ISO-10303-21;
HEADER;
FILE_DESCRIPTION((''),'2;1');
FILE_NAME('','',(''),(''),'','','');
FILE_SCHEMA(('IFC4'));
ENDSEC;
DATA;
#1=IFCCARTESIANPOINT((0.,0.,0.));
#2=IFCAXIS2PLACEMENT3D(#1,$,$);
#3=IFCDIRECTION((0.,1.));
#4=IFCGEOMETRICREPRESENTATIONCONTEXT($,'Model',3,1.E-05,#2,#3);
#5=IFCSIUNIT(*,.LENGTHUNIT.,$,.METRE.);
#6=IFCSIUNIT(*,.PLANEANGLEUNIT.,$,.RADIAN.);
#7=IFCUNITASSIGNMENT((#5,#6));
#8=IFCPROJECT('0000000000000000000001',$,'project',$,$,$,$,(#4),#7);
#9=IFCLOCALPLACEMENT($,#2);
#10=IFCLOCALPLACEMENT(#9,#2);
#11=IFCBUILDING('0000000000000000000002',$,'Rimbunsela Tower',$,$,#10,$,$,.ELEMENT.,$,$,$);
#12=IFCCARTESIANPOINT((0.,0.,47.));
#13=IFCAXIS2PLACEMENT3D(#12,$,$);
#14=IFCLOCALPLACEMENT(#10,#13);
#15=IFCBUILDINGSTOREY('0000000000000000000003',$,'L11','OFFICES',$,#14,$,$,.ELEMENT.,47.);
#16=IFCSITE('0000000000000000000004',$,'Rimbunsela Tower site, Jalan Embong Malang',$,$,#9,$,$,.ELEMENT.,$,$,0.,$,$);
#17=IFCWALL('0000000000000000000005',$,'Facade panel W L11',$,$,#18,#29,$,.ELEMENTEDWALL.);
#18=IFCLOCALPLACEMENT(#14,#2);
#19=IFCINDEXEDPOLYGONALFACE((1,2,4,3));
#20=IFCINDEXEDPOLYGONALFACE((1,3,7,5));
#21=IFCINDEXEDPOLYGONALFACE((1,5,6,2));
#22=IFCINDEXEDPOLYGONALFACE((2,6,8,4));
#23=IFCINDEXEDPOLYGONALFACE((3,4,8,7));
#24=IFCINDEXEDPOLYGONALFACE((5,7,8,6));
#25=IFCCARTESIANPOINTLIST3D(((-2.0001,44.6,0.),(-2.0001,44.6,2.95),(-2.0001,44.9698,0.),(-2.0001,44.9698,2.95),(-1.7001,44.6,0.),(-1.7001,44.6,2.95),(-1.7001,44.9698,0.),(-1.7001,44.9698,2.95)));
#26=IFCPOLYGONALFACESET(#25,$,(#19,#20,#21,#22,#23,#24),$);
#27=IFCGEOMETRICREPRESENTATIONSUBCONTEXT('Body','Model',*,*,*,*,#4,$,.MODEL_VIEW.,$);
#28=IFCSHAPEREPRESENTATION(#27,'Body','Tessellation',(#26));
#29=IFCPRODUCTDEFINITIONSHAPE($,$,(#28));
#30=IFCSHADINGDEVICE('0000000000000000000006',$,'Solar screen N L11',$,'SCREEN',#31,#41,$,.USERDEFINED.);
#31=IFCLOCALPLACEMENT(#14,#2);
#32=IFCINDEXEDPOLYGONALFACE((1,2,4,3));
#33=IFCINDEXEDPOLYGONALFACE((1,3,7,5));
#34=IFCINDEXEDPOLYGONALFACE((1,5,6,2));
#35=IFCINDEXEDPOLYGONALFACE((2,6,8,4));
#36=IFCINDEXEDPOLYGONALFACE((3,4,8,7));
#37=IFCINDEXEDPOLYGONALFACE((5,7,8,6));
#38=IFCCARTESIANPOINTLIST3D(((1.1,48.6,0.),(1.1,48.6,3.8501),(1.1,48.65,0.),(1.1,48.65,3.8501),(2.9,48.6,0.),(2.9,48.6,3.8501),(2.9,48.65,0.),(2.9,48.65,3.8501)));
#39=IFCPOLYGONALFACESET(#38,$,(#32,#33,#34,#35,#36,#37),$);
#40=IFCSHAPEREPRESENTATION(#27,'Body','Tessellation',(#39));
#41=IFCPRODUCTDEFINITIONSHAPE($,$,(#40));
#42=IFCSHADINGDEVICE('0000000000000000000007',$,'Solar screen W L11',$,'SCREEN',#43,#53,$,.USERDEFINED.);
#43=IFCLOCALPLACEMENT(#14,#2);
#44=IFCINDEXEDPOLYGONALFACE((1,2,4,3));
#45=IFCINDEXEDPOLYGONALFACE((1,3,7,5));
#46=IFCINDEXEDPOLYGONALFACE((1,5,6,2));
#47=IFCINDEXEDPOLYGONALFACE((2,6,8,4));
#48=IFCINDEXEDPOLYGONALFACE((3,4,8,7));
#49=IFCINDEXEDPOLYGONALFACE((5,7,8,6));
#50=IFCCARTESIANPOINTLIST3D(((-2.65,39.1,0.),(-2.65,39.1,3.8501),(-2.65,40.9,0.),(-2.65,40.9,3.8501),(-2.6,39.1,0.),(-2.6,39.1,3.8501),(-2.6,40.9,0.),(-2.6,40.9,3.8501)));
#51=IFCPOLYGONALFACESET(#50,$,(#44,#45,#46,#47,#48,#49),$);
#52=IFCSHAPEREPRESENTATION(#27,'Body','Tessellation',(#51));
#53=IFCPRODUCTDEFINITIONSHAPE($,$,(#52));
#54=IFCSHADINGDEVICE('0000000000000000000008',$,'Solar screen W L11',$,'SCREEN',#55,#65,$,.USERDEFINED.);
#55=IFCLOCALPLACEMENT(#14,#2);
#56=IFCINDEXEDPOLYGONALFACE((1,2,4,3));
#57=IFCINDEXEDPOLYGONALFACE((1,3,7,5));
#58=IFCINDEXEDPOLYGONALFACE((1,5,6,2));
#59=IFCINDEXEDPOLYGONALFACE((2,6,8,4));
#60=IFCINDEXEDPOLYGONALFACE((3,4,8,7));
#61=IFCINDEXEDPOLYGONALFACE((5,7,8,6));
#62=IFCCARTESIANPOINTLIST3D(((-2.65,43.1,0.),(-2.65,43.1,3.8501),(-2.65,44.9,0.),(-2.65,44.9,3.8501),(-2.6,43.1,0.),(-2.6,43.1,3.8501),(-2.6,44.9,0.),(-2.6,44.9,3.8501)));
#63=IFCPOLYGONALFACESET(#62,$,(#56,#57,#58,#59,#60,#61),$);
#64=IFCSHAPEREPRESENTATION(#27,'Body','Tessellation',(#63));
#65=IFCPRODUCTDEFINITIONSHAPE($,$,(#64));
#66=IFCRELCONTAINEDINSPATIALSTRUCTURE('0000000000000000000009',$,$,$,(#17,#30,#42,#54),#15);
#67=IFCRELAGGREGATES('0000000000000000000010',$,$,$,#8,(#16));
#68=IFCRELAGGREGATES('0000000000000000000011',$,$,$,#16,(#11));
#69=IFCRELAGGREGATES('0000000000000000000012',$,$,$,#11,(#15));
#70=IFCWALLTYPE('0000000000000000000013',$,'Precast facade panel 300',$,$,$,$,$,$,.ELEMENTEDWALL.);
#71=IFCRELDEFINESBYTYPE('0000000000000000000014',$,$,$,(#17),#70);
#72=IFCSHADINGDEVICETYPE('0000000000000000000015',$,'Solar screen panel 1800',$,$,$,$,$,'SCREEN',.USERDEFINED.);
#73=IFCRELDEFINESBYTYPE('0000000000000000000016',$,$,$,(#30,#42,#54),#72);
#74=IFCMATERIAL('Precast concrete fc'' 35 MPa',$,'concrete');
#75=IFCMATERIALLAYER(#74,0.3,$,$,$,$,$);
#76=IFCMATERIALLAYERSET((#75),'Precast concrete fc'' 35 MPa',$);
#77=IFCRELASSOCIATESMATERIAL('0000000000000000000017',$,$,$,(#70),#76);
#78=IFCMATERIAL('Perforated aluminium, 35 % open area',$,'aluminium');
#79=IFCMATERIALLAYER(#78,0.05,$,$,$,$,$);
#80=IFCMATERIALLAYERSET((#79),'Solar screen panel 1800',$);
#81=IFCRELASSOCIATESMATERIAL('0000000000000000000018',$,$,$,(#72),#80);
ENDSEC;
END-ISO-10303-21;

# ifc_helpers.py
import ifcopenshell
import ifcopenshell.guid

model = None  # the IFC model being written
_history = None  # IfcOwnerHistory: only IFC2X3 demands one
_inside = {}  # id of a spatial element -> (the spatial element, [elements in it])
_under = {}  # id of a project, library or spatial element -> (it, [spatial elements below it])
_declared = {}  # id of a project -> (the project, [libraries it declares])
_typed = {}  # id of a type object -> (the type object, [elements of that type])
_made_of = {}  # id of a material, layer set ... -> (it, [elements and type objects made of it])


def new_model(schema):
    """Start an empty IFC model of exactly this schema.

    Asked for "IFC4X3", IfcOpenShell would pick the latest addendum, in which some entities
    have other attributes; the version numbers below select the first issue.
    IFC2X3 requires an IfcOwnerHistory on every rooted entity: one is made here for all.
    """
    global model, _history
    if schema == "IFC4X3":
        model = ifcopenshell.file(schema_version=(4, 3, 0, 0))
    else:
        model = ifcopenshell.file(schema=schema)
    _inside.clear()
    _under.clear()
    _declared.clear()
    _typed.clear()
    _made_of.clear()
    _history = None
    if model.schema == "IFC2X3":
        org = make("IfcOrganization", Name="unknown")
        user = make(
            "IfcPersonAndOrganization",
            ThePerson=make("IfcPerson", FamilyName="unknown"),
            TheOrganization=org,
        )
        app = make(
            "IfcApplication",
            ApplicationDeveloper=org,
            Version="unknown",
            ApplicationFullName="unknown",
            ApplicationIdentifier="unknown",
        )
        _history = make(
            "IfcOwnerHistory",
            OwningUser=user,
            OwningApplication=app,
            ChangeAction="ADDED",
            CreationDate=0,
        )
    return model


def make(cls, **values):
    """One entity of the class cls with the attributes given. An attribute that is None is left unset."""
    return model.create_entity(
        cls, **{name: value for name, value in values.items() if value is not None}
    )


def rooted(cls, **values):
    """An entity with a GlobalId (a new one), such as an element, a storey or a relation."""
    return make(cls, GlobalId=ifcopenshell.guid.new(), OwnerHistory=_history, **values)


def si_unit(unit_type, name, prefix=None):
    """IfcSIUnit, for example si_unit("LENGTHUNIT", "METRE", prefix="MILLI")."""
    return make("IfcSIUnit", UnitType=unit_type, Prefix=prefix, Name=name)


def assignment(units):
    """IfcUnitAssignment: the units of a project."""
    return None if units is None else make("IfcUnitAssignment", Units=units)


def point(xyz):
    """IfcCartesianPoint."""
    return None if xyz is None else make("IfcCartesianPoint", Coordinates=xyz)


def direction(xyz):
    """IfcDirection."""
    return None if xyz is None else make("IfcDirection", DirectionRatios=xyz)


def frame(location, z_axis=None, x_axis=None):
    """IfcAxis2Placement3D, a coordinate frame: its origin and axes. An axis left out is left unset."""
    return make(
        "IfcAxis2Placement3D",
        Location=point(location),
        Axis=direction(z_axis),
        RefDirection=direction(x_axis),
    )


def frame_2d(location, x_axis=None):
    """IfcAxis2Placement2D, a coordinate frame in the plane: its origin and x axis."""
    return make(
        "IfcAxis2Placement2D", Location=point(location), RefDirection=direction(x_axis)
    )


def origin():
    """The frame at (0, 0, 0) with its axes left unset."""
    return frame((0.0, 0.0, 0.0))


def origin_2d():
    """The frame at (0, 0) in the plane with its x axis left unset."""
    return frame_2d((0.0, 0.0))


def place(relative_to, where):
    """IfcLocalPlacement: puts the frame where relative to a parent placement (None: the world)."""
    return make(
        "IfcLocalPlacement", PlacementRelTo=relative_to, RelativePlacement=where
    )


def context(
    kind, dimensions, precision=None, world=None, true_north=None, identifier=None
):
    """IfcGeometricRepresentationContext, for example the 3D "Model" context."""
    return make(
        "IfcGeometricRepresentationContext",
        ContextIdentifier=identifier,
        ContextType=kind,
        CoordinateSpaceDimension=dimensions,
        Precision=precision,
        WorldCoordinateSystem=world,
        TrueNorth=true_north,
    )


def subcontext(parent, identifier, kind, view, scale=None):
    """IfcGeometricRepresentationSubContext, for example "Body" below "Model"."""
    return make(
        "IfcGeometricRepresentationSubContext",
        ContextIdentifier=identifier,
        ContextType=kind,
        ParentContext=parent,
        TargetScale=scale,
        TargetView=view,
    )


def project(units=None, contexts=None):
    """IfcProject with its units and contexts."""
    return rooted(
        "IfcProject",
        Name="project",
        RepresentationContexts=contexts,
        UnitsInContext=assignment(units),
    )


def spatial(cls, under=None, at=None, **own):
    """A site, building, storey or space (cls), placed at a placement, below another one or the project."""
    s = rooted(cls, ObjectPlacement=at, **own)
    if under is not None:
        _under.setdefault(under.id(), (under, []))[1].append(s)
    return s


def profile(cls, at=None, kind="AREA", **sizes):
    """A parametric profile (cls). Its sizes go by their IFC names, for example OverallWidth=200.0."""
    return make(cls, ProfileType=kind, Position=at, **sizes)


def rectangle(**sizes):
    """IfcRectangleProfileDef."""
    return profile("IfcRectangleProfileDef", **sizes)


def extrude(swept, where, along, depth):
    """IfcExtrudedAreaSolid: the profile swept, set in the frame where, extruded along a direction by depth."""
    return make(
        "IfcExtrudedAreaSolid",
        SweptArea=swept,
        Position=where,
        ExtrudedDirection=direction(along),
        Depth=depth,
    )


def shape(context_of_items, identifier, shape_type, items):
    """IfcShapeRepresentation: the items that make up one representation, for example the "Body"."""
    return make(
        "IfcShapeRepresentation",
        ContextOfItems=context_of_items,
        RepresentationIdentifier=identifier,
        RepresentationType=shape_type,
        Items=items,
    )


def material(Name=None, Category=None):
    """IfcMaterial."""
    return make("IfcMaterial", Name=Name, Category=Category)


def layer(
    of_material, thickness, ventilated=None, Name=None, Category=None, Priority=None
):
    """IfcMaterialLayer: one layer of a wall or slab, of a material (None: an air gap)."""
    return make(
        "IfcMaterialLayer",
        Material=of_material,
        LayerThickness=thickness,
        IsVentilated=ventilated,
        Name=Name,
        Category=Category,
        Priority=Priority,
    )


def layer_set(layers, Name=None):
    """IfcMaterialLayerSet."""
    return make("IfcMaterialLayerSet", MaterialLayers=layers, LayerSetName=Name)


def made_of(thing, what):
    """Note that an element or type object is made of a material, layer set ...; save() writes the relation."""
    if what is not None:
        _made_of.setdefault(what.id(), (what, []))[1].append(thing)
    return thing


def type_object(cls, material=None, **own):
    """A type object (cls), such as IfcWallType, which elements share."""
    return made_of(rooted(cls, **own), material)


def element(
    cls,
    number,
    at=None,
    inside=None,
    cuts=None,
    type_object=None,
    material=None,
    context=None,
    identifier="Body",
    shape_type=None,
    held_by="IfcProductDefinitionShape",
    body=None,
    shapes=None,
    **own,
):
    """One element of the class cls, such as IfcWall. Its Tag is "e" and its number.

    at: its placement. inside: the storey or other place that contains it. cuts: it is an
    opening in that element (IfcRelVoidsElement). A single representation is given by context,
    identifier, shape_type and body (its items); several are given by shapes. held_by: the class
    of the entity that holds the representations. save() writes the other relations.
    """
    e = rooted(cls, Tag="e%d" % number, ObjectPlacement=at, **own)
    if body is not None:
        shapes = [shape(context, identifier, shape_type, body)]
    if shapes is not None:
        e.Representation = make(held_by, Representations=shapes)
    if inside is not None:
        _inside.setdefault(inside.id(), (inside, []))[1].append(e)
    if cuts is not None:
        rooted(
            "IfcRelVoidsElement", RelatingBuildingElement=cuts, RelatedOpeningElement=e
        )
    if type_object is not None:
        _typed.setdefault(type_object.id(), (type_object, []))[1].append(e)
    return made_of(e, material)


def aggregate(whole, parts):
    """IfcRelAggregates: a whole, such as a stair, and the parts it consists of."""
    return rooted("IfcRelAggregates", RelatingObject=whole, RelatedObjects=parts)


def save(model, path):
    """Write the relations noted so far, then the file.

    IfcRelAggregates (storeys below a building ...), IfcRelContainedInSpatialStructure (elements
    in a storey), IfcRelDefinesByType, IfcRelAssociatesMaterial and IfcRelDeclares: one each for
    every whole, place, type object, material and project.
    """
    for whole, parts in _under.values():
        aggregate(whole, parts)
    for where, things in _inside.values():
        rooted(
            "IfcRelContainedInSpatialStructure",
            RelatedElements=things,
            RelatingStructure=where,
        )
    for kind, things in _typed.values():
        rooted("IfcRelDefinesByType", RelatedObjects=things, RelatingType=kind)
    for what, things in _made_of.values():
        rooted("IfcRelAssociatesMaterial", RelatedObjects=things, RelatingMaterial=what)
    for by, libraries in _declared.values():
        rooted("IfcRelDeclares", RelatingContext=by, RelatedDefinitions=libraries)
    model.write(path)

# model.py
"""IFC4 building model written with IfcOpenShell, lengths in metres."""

from ifc_helpers import new_model, si_unit, direction, frame, frame_2d, origin, origin_2d, place, context, subcontext, project, spatial, rectangle, extrude, material, layer, layer_set, type_object, element, save


model = new_model("IFC4")

# Units and contexts
model_context = context("Model", 3, precision=1e-05, world=origin(), true_north=direction((0.0, 1.0)))
body_context = subcontext(model_context, "Body", "Model", "MODEL_VIEW")
ifc_project = project(units=[si_unit("LENGTHUNIT", "METRE"), si_unit("PLANEANGLEUNIT", "RADIAN")], contexts=[model_context])

# Site, building, storey
site_placement = place(None, origin())
site = spatial("IfcSite", under=ifc_project, at=site_placement, Name="Rimbunsela Tower site, Jalan Embong Malang", CompositionType="ELEMENT", RefElevation=0.0)
building_placement = place(site_placement, origin())
building = spatial("IfcBuilding", under=site, at=building_placement, Name="Rimbunsela Tower", CompositionType="ELEMENT")
storey_placement = place(building_placement, frame((0.0, 0.0, 47.0)))
storey = spatial("IfcBuildingStorey", under=building, at=storey_placement, Name="L11", Description="OFFICES", CompositionType="ELEMENT", Elevation=47.0)

# Shared definitions
ifc_material_1 = material(Name="Precast concrete fc' 35 MPa", Category="concrete")
ifc_layer_1 = layer(ifc_material_1, 0.3)
ifc_layer_set_1 = layer_set([ifc_layer_1], Name="Precast concrete fc' 35 MPa")
wall_type = type_object("IfcWallType", Name="Precast facade panel 300", PredefinedType="ELEMENTEDWALL", material=ifc_layer_set_1)

# Wall
wall_1_placement = place(storey_placement, frame((-1.8501, 44.97, 0.0), z_axis=(0.0, 0.0, 1.0), x_axis=(0.0, -1.0, 0.0)))
element("IfcWall", 1, at=wall_1_placement, inside=storey, type_object=wall_type, Name="Facade panel W L11", PredefinedType="ELEMENTEDWALL", context=body_context, shape_type="SweptSolid", body=[
    extrude(rectangle(XDim=0.3699, YDim=0.3, at=frame_2d((0.1851, 0.0))), origin(), (0.0, 0.0, 1.0), 2.95),
])

# Shading devices
ifc_material_2 = material(Name="Perforated aluminium, 35 % open area", Category="aluminium")
ifc_layer_2 = layer(ifc_material_2, 0.05)
ifc_layer_set_2 = layer_set([ifc_layer_2], Name="Solar screen panel 1800")
shading_device_type = type_object("IfcShadingDeviceType", Name="Solar screen panel 1800", ElementType="SCREEN", PredefinedType="USERDEFINED", material=ifc_layer_set_2)
for number, where, z_axis, x_axis, name in (
    (2, (2.0, 48.625, 0.0), (0.0, 0.0, 1.0), (1.0, 0.0, 0.0), "Solar screen N L11"),
    (3, (-2.625, 40.0, 0.0), (0.0, 0.0, 1.0), (0.0, 1.0, 0.0), "Solar screen W L11"),
    (4, (-2.625, 44.0, 0.0), (0.0, 0.0, 1.0), (0.0, 1.0, 0.0), "Solar screen W L11"),
):
    element("IfcShadingDevice", number, at=place(storey_placement, frame(where, z_axis=z_axis, x_axis=x_axis)), inside=storey, type_object=shading_device_type, Name=name, ObjectType="SCREEN", PredefinedType="USERDEFINED", context=body_context, shape_type="SweptSolid", body=[
        extrude(rectangle(XDim=1.8, YDim=0.05, at=origin_2d()), origin(), (0.0, 0.0, 1.0), 3.8501),
    ])

save(model, "model.ifc")
